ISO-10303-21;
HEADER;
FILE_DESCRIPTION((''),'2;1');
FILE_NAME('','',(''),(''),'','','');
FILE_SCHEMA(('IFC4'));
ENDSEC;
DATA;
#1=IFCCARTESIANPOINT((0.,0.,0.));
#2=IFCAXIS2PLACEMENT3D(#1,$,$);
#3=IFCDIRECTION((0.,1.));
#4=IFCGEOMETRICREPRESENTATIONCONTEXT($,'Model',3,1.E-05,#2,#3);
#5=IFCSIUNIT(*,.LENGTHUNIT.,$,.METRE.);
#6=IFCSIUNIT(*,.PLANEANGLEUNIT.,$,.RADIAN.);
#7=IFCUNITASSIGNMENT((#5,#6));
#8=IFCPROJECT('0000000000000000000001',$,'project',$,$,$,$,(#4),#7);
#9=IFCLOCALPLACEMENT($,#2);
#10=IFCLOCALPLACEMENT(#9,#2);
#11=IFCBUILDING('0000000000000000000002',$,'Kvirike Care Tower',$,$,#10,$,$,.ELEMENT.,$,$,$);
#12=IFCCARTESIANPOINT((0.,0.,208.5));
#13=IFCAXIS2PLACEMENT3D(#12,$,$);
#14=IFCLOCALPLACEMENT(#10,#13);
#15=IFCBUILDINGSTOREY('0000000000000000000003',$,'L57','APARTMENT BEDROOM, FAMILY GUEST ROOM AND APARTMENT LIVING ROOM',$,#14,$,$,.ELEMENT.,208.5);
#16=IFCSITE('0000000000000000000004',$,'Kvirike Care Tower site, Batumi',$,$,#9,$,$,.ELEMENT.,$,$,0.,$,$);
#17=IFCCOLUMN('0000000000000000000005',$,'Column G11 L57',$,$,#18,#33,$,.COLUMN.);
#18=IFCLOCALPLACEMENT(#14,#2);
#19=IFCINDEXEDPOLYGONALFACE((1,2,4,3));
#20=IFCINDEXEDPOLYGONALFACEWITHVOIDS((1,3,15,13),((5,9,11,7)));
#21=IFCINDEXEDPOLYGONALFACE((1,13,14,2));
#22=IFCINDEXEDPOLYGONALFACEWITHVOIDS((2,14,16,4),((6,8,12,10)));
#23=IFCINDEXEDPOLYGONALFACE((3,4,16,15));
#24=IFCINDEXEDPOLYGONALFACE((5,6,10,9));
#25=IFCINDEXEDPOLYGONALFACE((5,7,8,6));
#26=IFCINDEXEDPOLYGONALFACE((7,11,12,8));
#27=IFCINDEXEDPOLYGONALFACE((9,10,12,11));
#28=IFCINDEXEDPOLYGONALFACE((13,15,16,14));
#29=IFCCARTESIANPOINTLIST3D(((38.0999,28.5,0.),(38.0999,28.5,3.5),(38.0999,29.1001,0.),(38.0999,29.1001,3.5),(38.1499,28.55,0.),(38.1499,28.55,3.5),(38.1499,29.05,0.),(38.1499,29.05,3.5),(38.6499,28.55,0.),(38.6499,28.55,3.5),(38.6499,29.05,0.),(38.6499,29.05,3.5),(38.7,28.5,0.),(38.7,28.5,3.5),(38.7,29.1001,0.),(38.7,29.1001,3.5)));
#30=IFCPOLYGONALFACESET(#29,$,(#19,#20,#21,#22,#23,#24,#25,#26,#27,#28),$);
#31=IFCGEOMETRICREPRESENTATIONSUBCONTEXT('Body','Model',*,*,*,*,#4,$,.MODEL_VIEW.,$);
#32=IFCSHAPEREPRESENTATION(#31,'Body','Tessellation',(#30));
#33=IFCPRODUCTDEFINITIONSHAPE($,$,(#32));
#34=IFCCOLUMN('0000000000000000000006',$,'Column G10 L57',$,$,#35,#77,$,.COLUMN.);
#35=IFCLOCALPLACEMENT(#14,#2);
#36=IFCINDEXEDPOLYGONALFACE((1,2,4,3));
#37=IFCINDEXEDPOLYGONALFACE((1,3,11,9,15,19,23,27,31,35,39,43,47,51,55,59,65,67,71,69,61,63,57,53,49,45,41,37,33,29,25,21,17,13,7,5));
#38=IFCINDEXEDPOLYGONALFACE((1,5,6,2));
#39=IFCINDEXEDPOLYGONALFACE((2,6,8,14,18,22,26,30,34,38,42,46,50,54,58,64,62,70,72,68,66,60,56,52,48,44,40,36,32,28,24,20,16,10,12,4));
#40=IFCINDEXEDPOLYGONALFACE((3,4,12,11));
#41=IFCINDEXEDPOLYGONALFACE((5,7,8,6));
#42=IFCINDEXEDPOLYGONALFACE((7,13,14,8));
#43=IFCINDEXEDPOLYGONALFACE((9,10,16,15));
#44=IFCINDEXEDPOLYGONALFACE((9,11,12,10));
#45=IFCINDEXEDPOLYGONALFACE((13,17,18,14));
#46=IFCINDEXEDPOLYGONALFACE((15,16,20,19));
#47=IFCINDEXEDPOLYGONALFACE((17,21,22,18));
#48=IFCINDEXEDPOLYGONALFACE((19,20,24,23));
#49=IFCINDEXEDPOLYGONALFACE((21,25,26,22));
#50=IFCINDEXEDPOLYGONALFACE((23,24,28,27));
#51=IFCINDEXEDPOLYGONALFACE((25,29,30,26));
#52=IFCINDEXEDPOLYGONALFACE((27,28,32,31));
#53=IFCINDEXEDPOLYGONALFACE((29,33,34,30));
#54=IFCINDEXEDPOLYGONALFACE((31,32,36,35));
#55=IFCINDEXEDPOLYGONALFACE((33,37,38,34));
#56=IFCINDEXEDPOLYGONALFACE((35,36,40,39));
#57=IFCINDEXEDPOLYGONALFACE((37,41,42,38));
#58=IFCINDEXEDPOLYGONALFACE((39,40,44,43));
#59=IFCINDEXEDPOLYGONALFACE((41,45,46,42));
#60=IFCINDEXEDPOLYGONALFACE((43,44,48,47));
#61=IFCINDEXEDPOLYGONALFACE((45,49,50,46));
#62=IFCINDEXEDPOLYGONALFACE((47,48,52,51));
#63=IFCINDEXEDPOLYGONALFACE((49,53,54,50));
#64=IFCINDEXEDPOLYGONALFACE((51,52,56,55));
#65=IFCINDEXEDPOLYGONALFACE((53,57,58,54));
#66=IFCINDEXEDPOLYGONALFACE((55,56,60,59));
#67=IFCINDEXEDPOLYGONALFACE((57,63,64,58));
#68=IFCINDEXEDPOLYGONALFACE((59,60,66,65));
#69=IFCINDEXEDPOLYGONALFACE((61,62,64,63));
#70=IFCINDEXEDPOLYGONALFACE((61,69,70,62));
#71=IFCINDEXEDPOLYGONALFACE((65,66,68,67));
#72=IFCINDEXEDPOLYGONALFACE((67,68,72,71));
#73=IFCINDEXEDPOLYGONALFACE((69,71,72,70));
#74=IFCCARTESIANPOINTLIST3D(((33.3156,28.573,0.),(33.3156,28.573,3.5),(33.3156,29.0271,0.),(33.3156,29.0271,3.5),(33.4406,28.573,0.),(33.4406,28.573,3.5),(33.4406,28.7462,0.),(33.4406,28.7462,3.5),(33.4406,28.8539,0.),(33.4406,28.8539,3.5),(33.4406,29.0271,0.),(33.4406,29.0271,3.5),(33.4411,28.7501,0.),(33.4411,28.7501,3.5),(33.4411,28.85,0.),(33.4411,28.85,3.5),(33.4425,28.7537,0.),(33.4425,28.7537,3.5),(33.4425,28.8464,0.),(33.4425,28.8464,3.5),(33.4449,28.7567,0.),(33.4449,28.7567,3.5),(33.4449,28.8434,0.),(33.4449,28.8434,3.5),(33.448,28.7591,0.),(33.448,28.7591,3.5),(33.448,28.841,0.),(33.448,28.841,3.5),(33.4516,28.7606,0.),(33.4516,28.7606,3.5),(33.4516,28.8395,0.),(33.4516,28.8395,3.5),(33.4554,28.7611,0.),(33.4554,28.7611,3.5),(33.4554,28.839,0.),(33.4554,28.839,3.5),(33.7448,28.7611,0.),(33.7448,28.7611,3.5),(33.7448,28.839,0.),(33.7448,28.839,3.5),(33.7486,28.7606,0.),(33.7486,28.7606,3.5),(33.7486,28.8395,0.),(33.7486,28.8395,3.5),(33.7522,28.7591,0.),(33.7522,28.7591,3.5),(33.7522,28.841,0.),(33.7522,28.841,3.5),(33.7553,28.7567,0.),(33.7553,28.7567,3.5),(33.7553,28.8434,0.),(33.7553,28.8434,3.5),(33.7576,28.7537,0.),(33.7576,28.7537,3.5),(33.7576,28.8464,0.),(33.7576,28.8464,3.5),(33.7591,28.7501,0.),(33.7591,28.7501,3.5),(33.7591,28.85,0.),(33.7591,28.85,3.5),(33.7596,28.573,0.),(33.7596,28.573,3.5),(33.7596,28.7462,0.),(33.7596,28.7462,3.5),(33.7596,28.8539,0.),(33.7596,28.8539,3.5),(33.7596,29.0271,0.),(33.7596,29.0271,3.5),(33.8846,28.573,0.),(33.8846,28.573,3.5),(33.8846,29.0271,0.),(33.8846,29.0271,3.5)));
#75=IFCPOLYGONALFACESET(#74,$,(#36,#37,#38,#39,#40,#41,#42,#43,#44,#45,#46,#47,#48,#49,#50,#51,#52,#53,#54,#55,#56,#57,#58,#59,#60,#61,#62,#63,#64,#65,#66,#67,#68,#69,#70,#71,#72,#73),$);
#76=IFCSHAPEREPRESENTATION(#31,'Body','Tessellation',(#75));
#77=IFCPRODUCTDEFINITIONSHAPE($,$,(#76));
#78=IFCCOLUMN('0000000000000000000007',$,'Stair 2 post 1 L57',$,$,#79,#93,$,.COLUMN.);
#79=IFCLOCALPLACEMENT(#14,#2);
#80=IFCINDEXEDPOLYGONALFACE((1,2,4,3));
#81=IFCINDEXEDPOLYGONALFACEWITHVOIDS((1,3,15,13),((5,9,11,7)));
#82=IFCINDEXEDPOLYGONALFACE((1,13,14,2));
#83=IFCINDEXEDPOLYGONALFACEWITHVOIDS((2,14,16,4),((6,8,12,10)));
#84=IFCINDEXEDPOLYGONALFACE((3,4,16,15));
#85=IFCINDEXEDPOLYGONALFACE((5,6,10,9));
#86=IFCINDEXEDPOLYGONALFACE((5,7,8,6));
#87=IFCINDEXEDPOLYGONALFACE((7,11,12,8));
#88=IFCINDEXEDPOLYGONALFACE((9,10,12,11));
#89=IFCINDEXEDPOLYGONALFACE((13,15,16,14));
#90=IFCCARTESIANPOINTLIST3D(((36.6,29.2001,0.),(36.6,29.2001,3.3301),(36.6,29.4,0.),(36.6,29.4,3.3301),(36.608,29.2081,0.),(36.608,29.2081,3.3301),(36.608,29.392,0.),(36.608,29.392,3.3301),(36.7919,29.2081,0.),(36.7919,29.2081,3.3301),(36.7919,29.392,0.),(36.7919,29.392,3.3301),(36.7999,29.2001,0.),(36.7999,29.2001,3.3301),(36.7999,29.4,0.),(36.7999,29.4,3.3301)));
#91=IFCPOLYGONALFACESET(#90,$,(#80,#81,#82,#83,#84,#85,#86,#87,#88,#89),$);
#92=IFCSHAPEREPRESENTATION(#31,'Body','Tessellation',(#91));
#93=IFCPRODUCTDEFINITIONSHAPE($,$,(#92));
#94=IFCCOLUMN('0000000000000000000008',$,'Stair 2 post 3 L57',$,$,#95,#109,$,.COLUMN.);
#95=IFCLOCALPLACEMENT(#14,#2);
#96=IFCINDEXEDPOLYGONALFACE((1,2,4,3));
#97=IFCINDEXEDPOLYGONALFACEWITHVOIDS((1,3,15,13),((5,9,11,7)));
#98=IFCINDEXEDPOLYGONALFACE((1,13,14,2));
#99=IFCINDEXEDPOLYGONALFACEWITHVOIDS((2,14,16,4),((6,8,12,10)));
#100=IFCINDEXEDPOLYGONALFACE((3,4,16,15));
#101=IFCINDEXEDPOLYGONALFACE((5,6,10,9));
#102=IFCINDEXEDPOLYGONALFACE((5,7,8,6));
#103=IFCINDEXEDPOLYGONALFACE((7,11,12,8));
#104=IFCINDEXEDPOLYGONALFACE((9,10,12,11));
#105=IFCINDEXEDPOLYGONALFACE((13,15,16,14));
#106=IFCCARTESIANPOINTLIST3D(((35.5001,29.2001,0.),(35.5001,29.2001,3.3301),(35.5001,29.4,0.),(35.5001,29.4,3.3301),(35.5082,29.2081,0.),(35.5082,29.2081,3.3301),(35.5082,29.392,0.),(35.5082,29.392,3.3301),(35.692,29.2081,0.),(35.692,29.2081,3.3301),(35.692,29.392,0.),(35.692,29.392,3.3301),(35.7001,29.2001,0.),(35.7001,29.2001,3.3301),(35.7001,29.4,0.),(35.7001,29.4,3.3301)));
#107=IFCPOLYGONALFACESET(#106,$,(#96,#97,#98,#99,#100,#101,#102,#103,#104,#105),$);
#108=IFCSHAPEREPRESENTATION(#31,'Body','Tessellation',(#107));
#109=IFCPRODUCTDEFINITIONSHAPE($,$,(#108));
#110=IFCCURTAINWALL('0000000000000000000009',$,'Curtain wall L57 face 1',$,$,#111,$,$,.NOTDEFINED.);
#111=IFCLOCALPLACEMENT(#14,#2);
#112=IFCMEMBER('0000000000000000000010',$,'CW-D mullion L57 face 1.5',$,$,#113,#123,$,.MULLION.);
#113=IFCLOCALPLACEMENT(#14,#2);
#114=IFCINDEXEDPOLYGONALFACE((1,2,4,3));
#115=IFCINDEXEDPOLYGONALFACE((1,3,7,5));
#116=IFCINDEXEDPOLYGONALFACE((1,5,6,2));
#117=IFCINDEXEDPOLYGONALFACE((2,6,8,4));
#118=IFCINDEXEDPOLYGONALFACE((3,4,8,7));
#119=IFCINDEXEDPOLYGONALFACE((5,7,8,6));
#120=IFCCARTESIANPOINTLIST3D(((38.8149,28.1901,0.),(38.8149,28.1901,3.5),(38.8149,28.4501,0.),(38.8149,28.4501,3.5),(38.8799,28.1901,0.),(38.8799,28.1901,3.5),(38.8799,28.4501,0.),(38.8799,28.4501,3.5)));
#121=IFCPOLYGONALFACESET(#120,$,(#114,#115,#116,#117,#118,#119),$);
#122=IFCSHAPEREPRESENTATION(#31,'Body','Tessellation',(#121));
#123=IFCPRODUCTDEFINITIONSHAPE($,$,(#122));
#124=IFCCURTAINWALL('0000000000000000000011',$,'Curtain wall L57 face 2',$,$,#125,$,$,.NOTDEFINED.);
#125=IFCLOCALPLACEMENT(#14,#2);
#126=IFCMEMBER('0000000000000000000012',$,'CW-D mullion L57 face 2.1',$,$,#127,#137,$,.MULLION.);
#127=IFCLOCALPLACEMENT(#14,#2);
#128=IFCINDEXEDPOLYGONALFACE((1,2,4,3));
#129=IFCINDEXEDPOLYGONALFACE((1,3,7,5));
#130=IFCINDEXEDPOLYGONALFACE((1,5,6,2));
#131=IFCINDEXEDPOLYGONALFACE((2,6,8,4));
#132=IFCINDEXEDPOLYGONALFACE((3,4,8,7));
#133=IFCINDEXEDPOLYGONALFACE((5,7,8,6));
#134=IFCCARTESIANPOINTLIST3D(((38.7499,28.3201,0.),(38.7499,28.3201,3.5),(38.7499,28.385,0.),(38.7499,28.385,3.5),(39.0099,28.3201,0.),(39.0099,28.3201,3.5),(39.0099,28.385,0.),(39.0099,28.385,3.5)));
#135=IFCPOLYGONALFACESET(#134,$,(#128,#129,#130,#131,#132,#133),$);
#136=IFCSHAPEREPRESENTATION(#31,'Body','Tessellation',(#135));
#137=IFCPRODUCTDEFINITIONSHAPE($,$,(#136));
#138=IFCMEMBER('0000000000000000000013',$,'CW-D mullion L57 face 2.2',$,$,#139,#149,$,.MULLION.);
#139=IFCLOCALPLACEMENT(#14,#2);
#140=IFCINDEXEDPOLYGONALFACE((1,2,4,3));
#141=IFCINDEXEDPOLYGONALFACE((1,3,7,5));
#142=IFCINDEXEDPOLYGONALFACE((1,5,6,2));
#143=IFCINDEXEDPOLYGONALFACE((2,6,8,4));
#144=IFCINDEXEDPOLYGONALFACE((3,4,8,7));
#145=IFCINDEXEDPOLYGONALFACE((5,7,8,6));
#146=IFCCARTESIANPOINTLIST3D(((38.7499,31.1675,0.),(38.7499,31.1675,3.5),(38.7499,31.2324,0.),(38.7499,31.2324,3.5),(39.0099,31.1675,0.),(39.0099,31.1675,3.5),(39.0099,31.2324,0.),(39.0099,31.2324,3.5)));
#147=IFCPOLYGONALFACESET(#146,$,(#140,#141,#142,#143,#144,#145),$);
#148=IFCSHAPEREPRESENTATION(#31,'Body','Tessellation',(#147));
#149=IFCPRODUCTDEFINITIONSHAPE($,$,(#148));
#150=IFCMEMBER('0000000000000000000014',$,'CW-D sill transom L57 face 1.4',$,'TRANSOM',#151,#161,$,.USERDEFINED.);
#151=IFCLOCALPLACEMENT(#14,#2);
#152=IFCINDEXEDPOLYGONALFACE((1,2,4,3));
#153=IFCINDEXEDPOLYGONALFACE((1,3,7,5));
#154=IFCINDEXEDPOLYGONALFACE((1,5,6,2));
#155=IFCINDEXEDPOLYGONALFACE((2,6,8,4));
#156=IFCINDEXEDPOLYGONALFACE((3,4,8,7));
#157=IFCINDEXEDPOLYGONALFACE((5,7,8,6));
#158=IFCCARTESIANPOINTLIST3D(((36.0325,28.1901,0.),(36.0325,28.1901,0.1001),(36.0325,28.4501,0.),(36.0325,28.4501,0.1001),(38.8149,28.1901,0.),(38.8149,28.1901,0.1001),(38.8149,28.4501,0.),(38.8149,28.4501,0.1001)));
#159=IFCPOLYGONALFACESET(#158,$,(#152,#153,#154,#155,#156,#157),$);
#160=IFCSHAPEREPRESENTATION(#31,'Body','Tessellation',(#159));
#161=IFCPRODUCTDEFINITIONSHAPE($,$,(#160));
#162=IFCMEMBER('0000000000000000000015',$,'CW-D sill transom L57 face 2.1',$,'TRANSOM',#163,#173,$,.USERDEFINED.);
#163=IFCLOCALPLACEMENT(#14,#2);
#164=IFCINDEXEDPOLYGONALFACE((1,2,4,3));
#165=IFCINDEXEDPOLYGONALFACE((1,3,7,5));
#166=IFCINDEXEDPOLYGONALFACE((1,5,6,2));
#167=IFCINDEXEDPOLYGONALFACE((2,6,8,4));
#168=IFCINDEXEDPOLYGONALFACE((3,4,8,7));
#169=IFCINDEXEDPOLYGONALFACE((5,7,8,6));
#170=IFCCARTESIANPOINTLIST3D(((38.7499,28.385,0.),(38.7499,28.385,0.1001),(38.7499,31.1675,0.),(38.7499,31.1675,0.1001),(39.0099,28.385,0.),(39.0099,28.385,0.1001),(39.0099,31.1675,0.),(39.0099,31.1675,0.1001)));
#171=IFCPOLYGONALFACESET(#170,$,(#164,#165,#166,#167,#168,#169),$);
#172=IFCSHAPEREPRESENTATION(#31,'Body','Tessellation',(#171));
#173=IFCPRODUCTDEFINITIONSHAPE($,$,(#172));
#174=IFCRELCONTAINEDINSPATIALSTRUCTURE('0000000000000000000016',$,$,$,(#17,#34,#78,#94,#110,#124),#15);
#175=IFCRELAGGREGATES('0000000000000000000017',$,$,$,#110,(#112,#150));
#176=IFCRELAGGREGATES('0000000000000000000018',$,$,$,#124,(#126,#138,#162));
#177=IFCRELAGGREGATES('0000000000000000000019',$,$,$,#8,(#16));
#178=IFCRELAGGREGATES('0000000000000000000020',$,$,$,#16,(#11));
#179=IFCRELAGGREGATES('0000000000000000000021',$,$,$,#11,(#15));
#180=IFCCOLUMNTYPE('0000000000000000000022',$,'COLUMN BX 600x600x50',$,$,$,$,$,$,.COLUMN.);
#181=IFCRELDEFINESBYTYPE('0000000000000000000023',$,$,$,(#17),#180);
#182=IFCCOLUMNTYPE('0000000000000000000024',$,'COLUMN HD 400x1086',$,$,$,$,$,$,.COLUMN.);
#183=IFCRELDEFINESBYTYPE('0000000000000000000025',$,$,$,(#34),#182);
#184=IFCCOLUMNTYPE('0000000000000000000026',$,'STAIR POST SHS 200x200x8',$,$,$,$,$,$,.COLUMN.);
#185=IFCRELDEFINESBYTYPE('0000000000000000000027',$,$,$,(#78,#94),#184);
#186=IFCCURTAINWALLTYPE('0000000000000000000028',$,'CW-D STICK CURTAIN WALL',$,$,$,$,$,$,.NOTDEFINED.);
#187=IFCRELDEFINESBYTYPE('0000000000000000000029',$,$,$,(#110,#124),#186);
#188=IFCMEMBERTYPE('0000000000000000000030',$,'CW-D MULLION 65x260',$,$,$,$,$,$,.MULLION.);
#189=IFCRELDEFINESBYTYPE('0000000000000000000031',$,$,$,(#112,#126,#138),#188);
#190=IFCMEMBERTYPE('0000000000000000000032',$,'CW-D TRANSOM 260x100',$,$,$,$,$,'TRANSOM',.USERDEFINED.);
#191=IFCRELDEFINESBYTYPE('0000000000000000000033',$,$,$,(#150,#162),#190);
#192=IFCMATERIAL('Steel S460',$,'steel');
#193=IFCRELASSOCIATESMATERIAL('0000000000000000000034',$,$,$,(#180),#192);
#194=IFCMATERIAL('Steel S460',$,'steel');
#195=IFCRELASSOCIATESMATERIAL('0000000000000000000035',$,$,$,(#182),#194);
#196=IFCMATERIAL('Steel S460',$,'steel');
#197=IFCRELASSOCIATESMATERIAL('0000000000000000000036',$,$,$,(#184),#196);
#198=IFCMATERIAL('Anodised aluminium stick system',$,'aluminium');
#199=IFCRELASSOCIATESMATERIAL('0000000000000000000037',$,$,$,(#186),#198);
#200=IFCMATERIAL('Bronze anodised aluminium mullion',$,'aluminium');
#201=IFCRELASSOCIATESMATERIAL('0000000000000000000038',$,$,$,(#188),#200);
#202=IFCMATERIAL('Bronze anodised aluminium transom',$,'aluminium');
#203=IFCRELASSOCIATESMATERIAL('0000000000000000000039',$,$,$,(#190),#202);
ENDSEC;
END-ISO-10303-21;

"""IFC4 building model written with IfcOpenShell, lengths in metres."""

from ifc_helpers import new_model, si_unit, direction, frame, origin, origin_2d, place, context, subcontext, project, spatial, rectangle, hollow_rectangle, i_section, extrude, material, material_profile, profile_set, type_object, element, aggregate, save


model = new_model("IFC4")

# Units and contexts
model_context = context("Model", 3, precision=1e-05, world=origin(), true_north=direction((0.0, 1.0)))
body_context = subcontext(model_context, "Body", "Model", "MODEL_VIEW")
ifc_project = project(units=[si_unit("LENGTHUNIT", "METRE"), si_unit("PLANEANGLEUNIT", "RADIAN")], contexts=[model_context])

# Site, building, storey
site_placement = place(None, origin())
site = spatial("IfcSite", under=ifc_project, at=site_placement, Name="Kvirike Care Tower site, Batumi", CompositionType="ELEMENT", RefElevation=0.0)
building_placement = place(site_placement, origin())
building = spatial("IfcBuilding", under=site, at=building_placement, Name="Kvirike Care Tower", CompositionType="ELEMENT")
storey_placement = place(building_placement, frame((0.0, 0.0, 208.5)))
storey = spatial("IfcBuildingStorey", under=building, at=storey_placement, Name="L57", Description="APARTMENT BEDROOM, FAMILY GUEST ROOM AND APARTMENT LIVING ROOM", CompositionType="ELEMENT", Elevation=208.5)

# Columns
ifc_material_1 = material(Name="Steel S460", Category="steel")
ifc_material_profile_1 = material_profile(ifc_material_1, hollow_rectangle(XDim=0.6001, YDim=0.6001, WallThickness=0.05, at=origin_2d()), Name="BX 600x600x50")
ifc_profile_set_1 = profile_set([ifc_material_profile_1], Name="Steel S460")
column_type_1 = type_object("IfcColumnType", Name="COLUMN BX 600x600x50", PredefinedType="COLUMN", material=ifc_profile_set_1)
column_1_placement = place(storey_placement, frame((38.3999, 28.8, 0.0), z_axis=(0.0, 0.0, 1.0), x_axis=(0.0, 1.0, 0.0)))
element("IfcColumn", 1, at=column_1_placement, inside=storey, type_object=column_type_1, Name="Column G11 L57", PredefinedType="COLUMN", context=body_context, shape_type="SweptSolid", body=[
    extrude(hollow_rectangle(XDim=0.6001, YDim=0.6001, WallThickness=0.05, at=origin_2d()), origin(), (0.0, 0.0, 1.0), 3.5),
])
ifc_material_2 = material(Name="Steel S460", Category="steel")
ifc_material_profile_2 = material_profile(ifc_material_2, i_section(OverallWidth=0.4541, OverallDepth=0.5691, WebThickness=0.0779, FlangeThickness=0.125, FilletRadius=0.0149, at=origin_2d()), Name="HD 400x1086")
ifc_profile_set_2 = profile_set([ifc_material_profile_2], Name="Steel S460")
column_type_2 = type_object("IfcColumnType", Name="COLUMN HD 400x1086", PredefinedType="COLUMN", material=ifc_profile_set_2)
column_2_placement = place(storey_placement, frame((33.6001, 28.8, 0.0), z_axis=(0.0, 0.0, 1.0), x_axis=(0.0, 1.0, 0.0)))
element("IfcColumn", 2, at=column_2_placement, inside=storey, type_object=column_type_2, Name="Column G10 L57", PredefinedType="COLUMN", context=body_context, shape_type="SweptSolid", body=[
    extrude(i_section(OverallWidth=0.4541, OverallDepth=0.5691, WebThickness=0.0779, FlangeThickness=0.125, FilletRadius=0.0149, at=origin_2d()), origin(), (0.0, 0.0, 1.0), 3.5),
])
ifc_material_3 = material(Name="Steel S460", Category="steel")
ifc_material_profile_3 = material_profile(ifc_material_3, hollow_rectangle(XDim=0.2, YDim=0.2, WallThickness=0.0081, at=origin_2d()), Name="SHS 200x200x8")
ifc_profile_set_3 = profile_set([ifc_material_profile_3], Name="Steel S460")
column_type_3 = type_object("IfcColumnType", Name="STAIR POST SHS 200x200x8", PredefinedType="COLUMN", material=ifc_profile_set_3)
for number, where, z_axis, x_axis, name in (
    (3, (36.7, 29.3, 0.0), (0.0, 0.0, 1.0), (1.0, 0.0, 0.0), "Stair 2 post 1 L57"),
    (4, (35.6001, 29.3, 0.0), (0.0, 0.0, 1.0), (1.0, 0.0, 0.0), "Stair 2 post 3 L57"),
):
    element("IfcColumn", number, at=place(storey_placement, frame(where, z_axis=z_axis, x_axis=x_axis)), inside=storey, type_object=column_type_3, Name=name, PredefinedType="COLUMN", context=body_context, shape_type="SweptSolid", body=[
        extrude(hollow_rectangle(XDim=0.2, YDim=0.2, WallThickness=0.0081, at=origin_2d()), origin(), (0.0, 0.0, 1.0), 3.3301),
    ])

# Curtain wall, member
ifc_material_4 = material(Name="Anodised aluminium stick system", Category="aluminium")
curtain_wall_type = type_object("IfcCurtainWallType", Name="CW-D STICK CURTAIN WALL", PredefinedType="NOTDEFINED", material=ifc_material_4)
curtain_wall_1_placement = place(storey_placement, origin())
curtain_wall_1 = element("IfcCurtainWall", 5, at=curtain_wall_1_placement, inside=storey, type_object=curtain_wall_type, Name="Curtain wall L57 face 1", PredefinedType="NOTDEFINED")
ifc_material_5 = material(Name="Bronze anodised aluminium mullion", Category="aluminium")
ifc_material_profile_4 = material_profile(ifc_material_5, rectangle(XDim=0.0649, YDim=0.26, at=origin_2d()), Name="CW-D MULLION 65x260")
ifc_profile_set_4 = profile_set([ifc_material_profile_4], Name="Bronze anodised aluminium mullion")
member_type_1 = type_object("IfcMemberType", Name="CW-D MULLION 65x260", PredefinedType="MULLION", material=ifc_profile_set_4)
member_1_placement = place(storey_placement, frame((38.8474, 28.3201, 0.0), z_axis=(0.0, 0.0, 1.0), x_axis=(1.0, 0.0, 0.0)))
member_1 = element("IfcMember", 6, at=member_1_placement, type_object=member_type_1, Name="CW-D mullion L57 face 1.5", PredefinedType="MULLION", context=body_context, shape_type="SweptSolid", body=[
    extrude(rectangle(XDim=0.0649, YDim=0.26, at=origin_2d()), origin(), (0.0, 0.0, 1.0), 3.5),
])

# Curtain wall, members
curtain_wall_2_placement = place(storey_placement, origin())
curtain_wall_2 = element("IfcCurtainWall", 7, at=curtain_wall_2_placement, inside=storey, type_object=curtain_wall_type, Name="Curtain wall L57 face 2", PredefinedType="NOTDEFINED")
member_2_placement = place(storey_placement, frame((38.8799, 28.3525, 0.0), z_axis=(0.0, 0.0, 1.0), x_axis=(0.0, 1.0, 0.0)))
member_2 = element("IfcMember", 8, at=member_2_placement, type_object=member_type_1, Name="CW-D mullion L57 face 2.1", PredefinedType="MULLION", context=body_context, shape_type="SweptSolid", body=[
    extrude(rectangle(XDim=0.0649, YDim=0.26, at=origin_2d()), origin(), (0.0, 0.0, 1.0), 3.5),
])
member_3_placement = place(storey_placement, frame((38.8799, 31.2, 0.0), z_axis=(0.0, 0.0, 1.0), x_axis=(0.0, 1.0, 0.0)))
member_3 = element("IfcMember", 9, at=member_3_placement, type_object=member_type_1, Name="CW-D mullion L57 face 2.2", PredefinedType="MULLION", context=body_context, shape_type="SweptSolid", body=[
    extrude(rectangle(XDim=0.0649, YDim=0.26, at=origin_2d()), origin(), (0.0, 0.0, 1.0), 3.5),
])

# Members
ifc_material_6 = material(Name="Bronze anodised aluminium transom", Category="aluminium")
ifc_material_profile_5 = material_profile(ifc_material_6, rectangle(XDim=0.26, YDim=0.1001, at=origin_2d()), Name="CW-D TRANSOM 260x100")
ifc_profile_set_5 = profile_set([ifc_material_profile_5], Name="Bronze anodised aluminium transom")
member_type_2 = type_object("IfcMemberType", Name="CW-D TRANSOM 260x100", ElementType="TRANSOM", PredefinedType="USERDEFINED", material=ifc_profile_set_5)
member_4_placement = place(storey_placement, frame((36.0325, 28.3201, 0.05), z_axis=(1.0, 0.0, 0.0), x_axis=(0.0, 1.0, 0.0)))
member_4 = element("IfcMember", 10, at=member_4_placement, type_object=member_type_2, Name="CW-D sill transom L57 face 1.4", ObjectType="TRANSOM", PredefinedType="USERDEFINED", context=body_context, shape_type="SweptSolid", body=[
    extrude(rectangle(XDim=0.26, YDim=0.1001, at=origin_2d()), origin(), (0.0, 0.0, 1.0), 2.7825),
])
member_5_placement = place(storey_placement, frame((38.8799, 28.385, 0.05), z_axis=(0.0, 1.0, 0.0), x_axis=(-1.0, 0.0, 0.0)))
member_5 = element("IfcMember", 11, at=member_5_placement, type_object=member_type_2, Name="CW-D sill transom L57 face 2.1", ObjectType="TRANSOM", PredefinedType="USERDEFINED", context=body_context, shape_type="SweptSolid", body=[
    extrude(rectangle(XDim=0.26, YDim=0.1001, at=origin_2d()), origin(), (0.0, 0.0, 1.0), 2.7825),
])

aggregate(curtain_wall_1, [member_1, member_4])
aggregate(curtain_wall_2, [member_2, member_3, member_5])

save(model, "model.ifc")
